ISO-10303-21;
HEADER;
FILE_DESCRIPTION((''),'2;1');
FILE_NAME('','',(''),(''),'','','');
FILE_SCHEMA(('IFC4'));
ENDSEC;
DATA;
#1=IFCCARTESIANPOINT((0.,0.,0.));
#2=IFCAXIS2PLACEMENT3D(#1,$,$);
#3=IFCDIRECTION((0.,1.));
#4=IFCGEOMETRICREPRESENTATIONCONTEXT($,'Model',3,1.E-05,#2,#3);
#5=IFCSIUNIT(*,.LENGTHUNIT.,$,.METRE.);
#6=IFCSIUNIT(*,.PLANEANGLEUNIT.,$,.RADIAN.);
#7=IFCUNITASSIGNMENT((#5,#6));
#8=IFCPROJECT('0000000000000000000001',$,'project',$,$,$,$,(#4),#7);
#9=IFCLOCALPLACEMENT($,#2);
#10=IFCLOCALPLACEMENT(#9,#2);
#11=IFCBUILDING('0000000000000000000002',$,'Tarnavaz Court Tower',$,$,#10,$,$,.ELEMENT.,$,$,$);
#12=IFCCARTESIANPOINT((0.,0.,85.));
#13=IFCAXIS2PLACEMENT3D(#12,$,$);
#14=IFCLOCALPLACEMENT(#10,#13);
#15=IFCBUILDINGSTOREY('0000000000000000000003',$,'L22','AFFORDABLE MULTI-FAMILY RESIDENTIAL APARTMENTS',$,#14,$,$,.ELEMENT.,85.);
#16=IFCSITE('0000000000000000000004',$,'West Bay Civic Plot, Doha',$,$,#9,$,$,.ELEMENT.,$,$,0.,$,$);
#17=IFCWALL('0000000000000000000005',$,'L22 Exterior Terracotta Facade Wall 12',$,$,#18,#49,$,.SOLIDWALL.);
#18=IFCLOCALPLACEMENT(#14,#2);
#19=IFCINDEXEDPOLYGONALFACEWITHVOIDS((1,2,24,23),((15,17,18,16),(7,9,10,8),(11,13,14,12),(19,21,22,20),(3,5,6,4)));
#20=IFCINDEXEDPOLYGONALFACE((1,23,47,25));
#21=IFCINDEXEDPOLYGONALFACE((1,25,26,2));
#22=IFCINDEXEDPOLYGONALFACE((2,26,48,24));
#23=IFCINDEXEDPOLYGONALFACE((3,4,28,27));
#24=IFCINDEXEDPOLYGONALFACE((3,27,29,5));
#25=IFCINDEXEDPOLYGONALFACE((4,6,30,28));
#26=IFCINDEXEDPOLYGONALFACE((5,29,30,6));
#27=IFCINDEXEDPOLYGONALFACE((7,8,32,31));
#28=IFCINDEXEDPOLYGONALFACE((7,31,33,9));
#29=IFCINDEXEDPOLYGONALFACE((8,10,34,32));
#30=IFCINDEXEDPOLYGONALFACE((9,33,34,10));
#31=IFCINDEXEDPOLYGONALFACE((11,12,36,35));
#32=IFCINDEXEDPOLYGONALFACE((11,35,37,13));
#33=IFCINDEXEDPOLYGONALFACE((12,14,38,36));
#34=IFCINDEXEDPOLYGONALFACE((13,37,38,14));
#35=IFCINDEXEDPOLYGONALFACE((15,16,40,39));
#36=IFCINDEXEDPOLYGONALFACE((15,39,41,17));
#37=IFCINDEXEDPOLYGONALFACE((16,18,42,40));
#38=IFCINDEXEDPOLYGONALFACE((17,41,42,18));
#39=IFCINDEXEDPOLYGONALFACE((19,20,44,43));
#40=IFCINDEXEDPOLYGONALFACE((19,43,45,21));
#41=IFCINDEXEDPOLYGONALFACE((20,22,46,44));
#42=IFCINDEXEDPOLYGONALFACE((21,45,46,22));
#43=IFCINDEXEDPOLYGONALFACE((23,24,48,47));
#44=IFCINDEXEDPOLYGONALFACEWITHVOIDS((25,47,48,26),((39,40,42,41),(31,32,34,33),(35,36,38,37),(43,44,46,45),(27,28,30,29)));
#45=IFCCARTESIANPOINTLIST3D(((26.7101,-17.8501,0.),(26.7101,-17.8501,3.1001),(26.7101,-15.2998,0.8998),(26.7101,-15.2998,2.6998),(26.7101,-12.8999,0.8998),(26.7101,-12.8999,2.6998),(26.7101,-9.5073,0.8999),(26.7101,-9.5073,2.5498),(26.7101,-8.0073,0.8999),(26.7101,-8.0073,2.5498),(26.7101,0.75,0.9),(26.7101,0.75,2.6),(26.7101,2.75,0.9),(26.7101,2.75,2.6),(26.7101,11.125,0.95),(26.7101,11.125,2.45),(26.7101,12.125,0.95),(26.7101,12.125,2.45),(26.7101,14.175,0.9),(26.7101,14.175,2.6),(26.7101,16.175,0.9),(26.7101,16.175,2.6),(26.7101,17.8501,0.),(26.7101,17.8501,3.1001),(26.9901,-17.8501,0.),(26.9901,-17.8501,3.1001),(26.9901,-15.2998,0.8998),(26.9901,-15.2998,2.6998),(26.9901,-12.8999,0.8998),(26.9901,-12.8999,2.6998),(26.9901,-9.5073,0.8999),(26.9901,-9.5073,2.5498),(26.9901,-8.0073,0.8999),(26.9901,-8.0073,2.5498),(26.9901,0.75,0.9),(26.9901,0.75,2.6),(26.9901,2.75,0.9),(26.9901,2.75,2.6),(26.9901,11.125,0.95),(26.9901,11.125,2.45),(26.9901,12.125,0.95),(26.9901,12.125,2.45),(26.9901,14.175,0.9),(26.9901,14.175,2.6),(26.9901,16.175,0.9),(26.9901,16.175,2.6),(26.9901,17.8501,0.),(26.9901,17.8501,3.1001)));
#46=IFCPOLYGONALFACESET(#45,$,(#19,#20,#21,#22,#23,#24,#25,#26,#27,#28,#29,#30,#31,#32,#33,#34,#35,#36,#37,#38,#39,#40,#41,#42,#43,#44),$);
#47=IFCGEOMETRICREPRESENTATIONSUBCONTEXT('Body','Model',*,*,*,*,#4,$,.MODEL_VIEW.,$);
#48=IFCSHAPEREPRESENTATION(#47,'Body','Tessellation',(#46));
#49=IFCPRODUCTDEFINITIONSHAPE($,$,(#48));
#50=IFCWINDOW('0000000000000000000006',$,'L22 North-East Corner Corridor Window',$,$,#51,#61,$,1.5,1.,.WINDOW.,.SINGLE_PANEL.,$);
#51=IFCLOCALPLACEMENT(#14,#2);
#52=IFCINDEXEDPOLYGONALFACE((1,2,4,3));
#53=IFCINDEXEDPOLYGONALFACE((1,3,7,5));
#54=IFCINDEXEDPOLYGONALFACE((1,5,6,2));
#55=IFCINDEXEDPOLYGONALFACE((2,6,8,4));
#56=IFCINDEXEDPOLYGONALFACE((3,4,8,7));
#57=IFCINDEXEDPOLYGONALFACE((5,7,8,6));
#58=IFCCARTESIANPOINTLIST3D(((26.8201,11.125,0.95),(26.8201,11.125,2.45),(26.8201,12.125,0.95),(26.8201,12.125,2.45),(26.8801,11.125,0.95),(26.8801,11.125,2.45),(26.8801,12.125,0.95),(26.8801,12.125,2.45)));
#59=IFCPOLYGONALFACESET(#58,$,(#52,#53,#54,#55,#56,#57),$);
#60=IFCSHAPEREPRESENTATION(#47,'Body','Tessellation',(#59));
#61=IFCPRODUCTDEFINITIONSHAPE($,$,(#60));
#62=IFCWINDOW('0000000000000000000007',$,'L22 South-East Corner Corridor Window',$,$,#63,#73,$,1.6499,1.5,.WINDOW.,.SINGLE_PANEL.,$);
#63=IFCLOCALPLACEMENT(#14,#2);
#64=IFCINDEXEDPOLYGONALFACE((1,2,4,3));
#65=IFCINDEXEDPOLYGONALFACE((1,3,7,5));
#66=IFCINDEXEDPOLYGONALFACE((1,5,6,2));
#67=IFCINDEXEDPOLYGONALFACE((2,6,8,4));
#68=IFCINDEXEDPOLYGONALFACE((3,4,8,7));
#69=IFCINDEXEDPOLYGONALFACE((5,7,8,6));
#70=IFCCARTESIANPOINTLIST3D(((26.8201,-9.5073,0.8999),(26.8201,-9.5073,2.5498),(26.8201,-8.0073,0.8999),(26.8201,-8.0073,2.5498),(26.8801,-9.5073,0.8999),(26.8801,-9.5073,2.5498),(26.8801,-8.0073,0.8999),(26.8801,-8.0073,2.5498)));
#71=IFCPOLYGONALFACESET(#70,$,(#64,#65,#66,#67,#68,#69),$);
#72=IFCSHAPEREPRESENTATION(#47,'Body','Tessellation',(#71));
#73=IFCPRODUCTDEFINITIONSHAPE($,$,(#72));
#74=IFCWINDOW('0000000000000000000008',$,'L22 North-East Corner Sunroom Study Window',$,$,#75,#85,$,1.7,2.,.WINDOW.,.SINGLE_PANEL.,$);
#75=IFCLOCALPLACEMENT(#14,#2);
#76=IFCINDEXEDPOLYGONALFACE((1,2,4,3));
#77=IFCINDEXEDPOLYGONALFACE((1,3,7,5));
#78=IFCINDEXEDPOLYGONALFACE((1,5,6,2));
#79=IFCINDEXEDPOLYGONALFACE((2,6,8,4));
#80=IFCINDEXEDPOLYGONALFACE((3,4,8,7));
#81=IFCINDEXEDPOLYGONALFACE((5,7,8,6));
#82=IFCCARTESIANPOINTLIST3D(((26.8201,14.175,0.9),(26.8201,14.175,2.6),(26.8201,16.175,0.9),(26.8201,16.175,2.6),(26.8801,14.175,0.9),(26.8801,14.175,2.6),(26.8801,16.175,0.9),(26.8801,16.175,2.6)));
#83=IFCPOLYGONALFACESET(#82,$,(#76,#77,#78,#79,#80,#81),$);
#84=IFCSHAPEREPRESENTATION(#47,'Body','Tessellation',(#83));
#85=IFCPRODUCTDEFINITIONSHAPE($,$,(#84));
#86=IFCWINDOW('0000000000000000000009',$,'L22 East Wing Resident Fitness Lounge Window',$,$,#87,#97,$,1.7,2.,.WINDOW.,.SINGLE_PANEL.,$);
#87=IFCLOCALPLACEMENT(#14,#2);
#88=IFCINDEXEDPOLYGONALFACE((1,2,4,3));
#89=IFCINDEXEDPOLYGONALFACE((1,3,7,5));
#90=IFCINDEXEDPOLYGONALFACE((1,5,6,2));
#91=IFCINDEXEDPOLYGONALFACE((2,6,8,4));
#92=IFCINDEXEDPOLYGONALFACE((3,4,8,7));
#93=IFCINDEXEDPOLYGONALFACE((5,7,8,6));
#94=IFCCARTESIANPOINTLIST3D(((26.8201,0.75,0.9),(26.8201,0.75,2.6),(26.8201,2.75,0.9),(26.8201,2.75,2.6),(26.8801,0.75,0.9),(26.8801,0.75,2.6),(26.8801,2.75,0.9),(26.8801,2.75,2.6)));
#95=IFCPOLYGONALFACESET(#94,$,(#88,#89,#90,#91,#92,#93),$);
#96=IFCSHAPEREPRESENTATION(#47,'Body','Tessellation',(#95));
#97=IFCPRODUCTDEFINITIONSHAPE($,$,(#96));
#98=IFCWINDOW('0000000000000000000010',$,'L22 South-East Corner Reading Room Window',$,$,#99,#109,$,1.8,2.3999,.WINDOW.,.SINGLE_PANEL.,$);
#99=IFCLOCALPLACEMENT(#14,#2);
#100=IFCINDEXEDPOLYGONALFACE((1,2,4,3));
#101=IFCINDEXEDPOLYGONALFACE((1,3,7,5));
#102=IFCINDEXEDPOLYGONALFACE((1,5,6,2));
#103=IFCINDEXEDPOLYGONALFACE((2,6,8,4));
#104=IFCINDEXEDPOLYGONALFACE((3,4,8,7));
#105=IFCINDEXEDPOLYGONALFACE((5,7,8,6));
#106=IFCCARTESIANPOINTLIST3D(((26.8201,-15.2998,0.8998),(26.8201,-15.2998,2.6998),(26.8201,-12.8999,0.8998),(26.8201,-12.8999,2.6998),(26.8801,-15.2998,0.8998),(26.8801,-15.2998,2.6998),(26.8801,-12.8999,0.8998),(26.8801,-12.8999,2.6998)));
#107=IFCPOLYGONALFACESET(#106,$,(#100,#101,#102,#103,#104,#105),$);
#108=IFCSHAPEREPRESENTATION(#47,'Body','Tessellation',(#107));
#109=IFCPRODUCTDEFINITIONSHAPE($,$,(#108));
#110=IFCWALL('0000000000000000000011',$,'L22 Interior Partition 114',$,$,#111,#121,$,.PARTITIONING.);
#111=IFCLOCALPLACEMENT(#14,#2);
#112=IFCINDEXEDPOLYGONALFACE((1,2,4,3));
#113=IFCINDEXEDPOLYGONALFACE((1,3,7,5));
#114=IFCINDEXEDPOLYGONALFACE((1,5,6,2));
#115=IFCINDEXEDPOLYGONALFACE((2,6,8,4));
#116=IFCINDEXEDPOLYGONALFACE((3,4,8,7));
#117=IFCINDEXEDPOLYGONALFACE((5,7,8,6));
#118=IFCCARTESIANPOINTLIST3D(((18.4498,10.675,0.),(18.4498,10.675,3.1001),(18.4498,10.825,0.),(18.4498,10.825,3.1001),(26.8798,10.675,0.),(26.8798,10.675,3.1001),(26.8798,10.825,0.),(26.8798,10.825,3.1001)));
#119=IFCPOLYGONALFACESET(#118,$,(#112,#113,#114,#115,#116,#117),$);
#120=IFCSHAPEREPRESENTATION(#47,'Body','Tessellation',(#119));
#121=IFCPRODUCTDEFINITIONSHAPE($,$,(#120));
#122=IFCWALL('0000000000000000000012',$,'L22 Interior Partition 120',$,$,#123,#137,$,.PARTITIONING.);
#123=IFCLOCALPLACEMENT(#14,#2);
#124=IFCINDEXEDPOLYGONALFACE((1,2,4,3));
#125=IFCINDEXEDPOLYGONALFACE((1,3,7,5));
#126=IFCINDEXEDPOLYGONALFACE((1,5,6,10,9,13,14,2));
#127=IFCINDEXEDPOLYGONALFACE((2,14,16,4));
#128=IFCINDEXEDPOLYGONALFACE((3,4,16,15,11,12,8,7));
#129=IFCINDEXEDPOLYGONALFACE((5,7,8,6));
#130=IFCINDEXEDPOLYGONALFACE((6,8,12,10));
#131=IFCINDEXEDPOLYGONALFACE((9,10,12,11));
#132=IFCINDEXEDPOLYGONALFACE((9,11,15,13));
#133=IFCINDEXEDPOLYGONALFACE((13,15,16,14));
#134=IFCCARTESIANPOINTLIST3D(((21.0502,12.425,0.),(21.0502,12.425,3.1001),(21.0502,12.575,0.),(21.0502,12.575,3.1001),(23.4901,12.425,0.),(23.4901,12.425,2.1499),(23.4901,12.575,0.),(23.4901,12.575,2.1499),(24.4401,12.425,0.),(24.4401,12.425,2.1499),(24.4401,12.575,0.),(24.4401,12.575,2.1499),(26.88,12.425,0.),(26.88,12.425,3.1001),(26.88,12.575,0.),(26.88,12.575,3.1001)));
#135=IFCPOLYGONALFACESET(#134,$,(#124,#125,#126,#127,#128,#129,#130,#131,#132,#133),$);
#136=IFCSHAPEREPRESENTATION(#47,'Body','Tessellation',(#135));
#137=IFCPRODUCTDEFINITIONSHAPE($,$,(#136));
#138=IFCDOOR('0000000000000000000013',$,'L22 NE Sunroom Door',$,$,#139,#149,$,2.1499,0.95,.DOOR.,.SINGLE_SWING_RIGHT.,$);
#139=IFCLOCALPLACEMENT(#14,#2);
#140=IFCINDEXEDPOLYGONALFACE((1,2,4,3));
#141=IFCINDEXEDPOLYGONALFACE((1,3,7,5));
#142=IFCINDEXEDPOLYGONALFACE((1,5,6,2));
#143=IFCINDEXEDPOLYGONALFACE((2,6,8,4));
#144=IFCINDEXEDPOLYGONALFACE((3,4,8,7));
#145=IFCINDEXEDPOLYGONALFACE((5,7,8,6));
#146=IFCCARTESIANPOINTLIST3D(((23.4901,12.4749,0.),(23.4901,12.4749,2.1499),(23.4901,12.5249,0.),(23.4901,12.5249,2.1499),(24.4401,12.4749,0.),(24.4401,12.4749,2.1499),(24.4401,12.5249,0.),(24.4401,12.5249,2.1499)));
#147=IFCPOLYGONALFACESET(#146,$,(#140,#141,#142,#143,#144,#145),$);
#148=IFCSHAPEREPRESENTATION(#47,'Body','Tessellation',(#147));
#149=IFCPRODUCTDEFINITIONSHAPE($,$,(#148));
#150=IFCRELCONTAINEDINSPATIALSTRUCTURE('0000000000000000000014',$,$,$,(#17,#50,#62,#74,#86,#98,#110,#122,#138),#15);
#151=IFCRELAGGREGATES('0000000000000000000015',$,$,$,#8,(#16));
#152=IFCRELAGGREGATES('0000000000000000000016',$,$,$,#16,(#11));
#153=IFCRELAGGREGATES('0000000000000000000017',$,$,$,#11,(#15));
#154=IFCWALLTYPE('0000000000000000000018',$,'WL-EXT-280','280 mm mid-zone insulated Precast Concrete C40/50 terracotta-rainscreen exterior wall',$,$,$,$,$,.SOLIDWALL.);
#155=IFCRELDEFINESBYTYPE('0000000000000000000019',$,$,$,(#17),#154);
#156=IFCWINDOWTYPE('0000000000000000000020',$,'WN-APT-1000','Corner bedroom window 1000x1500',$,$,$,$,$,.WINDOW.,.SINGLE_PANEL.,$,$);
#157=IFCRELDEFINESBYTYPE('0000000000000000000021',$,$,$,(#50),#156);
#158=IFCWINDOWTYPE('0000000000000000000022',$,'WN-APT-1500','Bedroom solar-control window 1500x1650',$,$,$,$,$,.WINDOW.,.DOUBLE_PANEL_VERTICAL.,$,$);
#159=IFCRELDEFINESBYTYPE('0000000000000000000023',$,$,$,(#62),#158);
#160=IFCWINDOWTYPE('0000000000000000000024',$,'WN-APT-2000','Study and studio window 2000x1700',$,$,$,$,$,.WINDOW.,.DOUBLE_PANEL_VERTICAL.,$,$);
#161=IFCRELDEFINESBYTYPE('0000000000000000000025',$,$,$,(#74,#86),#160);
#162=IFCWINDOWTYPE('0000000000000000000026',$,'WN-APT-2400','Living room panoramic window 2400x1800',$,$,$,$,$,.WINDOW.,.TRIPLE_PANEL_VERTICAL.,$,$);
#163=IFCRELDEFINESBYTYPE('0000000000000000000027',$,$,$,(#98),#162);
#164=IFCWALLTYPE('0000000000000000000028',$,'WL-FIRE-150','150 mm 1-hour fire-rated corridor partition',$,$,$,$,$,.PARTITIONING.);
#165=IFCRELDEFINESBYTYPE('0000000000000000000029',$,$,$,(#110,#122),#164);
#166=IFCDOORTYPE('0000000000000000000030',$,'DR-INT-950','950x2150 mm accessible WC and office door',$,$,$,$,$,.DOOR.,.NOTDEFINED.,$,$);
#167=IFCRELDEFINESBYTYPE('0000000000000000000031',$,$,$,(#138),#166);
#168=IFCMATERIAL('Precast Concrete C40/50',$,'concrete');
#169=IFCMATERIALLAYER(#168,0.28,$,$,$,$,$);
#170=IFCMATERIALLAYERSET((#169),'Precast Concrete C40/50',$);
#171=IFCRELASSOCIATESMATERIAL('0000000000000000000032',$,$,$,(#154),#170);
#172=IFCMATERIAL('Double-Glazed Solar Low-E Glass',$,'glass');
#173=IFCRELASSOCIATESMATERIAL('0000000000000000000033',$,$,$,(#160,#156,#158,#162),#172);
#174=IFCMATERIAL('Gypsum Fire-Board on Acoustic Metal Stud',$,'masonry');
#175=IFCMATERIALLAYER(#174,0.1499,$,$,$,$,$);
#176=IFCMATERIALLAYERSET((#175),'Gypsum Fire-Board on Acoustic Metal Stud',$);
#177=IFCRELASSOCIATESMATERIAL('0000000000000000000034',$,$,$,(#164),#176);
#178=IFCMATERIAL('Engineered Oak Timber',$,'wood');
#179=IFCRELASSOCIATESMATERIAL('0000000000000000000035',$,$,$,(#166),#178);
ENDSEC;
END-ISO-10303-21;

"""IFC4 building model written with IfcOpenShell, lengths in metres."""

from ifc_helpers import new_model, si_unit, direction, frame, frame_2d, origin, place, context, subcontext, project, spatial, rectangle, extrude, material, layer, layer_set, type_object, element, fill, save


model = new_model("IFC4")

# Units and contexts
model_context = context("Model", 3, precision=1e-05, world=origin(), true_north=direction((0.0, 1.0)))
body_context = subcontext(model_context, "Body", "Model", "MODEL_VIEW")
ifc_project = project(units=[si_unit("LENGTHUNIT", "METRE"), si_unit("PLANEANGLEUNIT", "RADIAN")], contexts=[model_context])

# Site, building, storey
site_placement = place(None, origin())
site = spatial("IfcSite", under=ifc_project, at=site_placement, Name="West Bay Civic Plot, Doha", CompositionType="ELEMENT", RefElevation=0.0)
building_placement = place(site_placement, origin())
building = spatial("IfcBuilding", under=site, at=building_placement, Name="Tarnavaz Court Tower", CompositionType="ELEMENT")
storey_placement = place(building_placement, frame((0.0, 0.0, 85.0)))
storey = spatial("IfcBuildingStorey", under=building, at=storey_placement, Name="L22", Description="AFFORDABLE MULTI-FAMILY RESIDENTIAL APARTMENTS", CompositionType="ELEMENT", Elevation=85.0)

# Shared definitions
ifc_material_1 = material(Name="Precast Concrete C40/50", Category="concrete")
ifc_layer_1 = layer(ifc_material_1, 0.28)
ifc_layer_set_1 = layer_set([ifc_layer_1], Name="Precast Concrete C40/50")
wall_type_1 = type_object("IfcWallType", Name="WL-EXT-280", Description="280 mm mid-zone insulated Precast Concrete C40/50 terracotta-rainscreen exterior wall", PredefinedType="SOLIDWALL", material=ifc_layer_set_1)
ifc_material_2 = material(Name="Double-Glazed Solar Low-E Glass", Category="glass")
window_type_1 = type_object("IfcWindowType", Name="WN-APT-2000", Description="Study and studio window 2000x1700", PartitioningType="DOUBLE_PANEL_VERTICAL", PredefinedType="WINDOW", material=ifc_material_2)

# Wall, openings, windows
wall_1_placement = place(storey_placement, frame((26.8501, 17.8501, 0.0), z_axis=(0.0, 0.0, 1.0), x_axis=(0.0, -1.0, 0.0)))
wall_1 = element("IfcWall", 1, at=wall_1_placement, inside=storey, type_object=wall_type_1, Name="L22 Exterior Terracotta Facade Wall 12", PredefinedType="SOLIDWALL", context=body_context, shape_type="SweptSolid", body=[
    extrude(rectangle(XDim=35.7002, YDim=0.28, at=frame_2d((17.8501, 0.0))), origin(), (0.0, 0.0, 1.0), 3.1001),
])
opening_1_placement = place(wall_1_placement, frame((1.675, 0.0, 0.8999)))
opening_1 = element("IfcOpeningElement", 2, at=opening_1_placement, cuts=wall_1, PredefinedType="OPENING", context=body_context, shape_type="SweptSolid", body=[
    extrude(rectangle(XDim=2.0, YDim=1.7, at=frame_2d((1.0, 0.8501))), frame((0.0, 0.1499, 0.0), z_axis=(0.0, -1.0, 0.0), x_axis=(1.0, 0.0, 0.0)), (0.0, 0.0, 1.0), 0.3),
])
opening_2_placement = place(wall_1_placement, frame((5.7251, 0.0, 0.95)))
opening_2 = element("IfcOpeningElement", 3, at=opening_2_placement, cuts=wall_1, PredefinedType="OPENING", context=body_context, shape_type="SweptSolid", body=[
    extrude(rectangle(XDim=1.0, YDim=1.5, at=frame_2d((0.5, 0.75))), frame((0.0, 0.1499, 0.0), z_axis=(0.0, -1.0, 0.0), x_axis=(1.0, 0.0, 0.0)), (0.0, 0.0, 1.0), 0.3),
])
opening_3_placement = place(wall_1_placement, frame((15.1001, 0.0, 0.8999)))
opening_3 = element("IfcOpeningElement", 4, at=opening_3_placement, cuts=wall_1, PredefinedType="OPENING", context=body_context, shape_type="SweptSolid", body=[
    extrude(rectangle(XDim=2.0, YDim=1.7, at=frame_2d((1.0, 0.8501))), frame((0.0, 0.1499, 0.0), z_axis=(0.0, -1.0, 0.0), x_axis=(1.0, 0.0, 0.0)), (0.0, 0.0, 1.0), 0.3),
])
opening_4_placement = place(wall_1_placement, frame((25.8574, 0.0, 0.8999)))
opening_4 = element("IfcOpeningElement", 5, at=opening_4_placement, cuts=wall_1, PredefinedType="OPENING", context=body_context, shape_type="SweptSolid", body=[
    extrude(rectangle(XDim=1.5, YDim=1.6499, at=frame_2d((0.75, 0.825))), frame((0.0, 0.1499, 0.0), z_axis=(0.0, -1.0, 0.0), x_axis=(1.0, 0.0, 0.0)), (0.0, 0.0, 1.0), 0.3),
])
opening_5_placement = place(wall_1_placement, frame((30.75, 0.0, 0.8999)))
opening_5 = element("IfcOpeningElement", 6, at=opening_5_placement, cuts=wall_1, PredefinedType="OPENING", context=body_context, shape_type="SweptSolid", body=[
    extrude(rectangle(XDim=2.3999, YDim=1.8, at=frame_2d((1.2, 0.8999))), frame((0.0, 0.1499, 0.0), z_axis=(0.0, -1.0, 0.0), x_axis=(1.0, 0.0, 0.0)), (0.0, 0.0, 1.0), 0.3),
])
window_type_2 = type_object("IfcWindowType", Name="WN-APT-1000", Description="Corner bedroom window 1000x1500", PartitioningType="SINGLE_PANEL", PredefinedType="WINDOW", material=ifc_material_2)
window_1_placement = place(opening_2_placement, origin())
window_1 = element("IfcWindow", 7, at=window_1_placement, inside=storey, type_object=window_type_2, Name="L22 North-East Corner Corridor Window", OverallHeight=1.5, OverallWidth=1.0, PartitioningType="SINGLE_PANEL", PredefinedType="WINDOW", context=body_context, shape_type="SweptSolid", body=[
    extrude(rectangle(XDim=1.0, YDim=1.5, at=frame_2d((0.5, 0.75))), frame((0.0, 0.03, 0.0), z_axis=(0.0, -1.0, 0.0), x_axis=(1.0, 0.0, 0.0)), (0.0, 0.0, 1.0), 0.0601),
])
fill(opening_2, window_1)
window_type_3 = type_object("IfcWindowType", Name="WN-APT-1500", Description="Bedroom solar-control window 1500x1650", PartitioningType="DOUBLE_PANEL_VERTICAL", PredefinedType="WINDOW", material=ifc_material_2)
window_2_placement = place(opening_4_placement, origin())
window_2 = element("IfcWindow", 8, at=window_2_placement, inside=storey, type_object=window_type_3, Name="L22 South-East Corner Corridor Window", OverallHeight=1.6499, OverallWidth=1.5, PartitioningType="SINGLE_PANEL", PredefinedType="WINDOW", context=body_context, shape_type="SweptSolid", body=[
    extrude(rectangle(XDim=1.5, YDim=1.6499, at=frame_2d((0.75, 0.825))), frame((0.0, 0.03, 0.0), z_axis=(0.0, -1.0, 0.0), x_axis=(1.0, 0.0, 0.0)), (0.0, 0.0, 1.0), 0.0601),
])
fill(opening_4, window_2)
window_3_placement = place(opening_1_placement, origin())
window_3 = element("IfcWindow", 9, at=window_3_placement, inside=storey, type_object=window_type_1, Name="L22 North-East Corner Sunroom Study Window", OverallHeight=1.7, OverallWidth=2.0, PartitioningType="SINGLE_PANEL", PredefinedType="WINDOW", context=body_context, shape_type="SweptSolid", body=[
    extrude(rectangle(XDim=2.0, YDim=1.7, at=frame_2d((1.0, 0.8501))), frame((0.0, 0.03, 0.0), z_axis=(0.0, -1.0, 0.0), x_axis=(1.0, 0.0, 0.0)), (0.0, 0.0, 1.0), 0.0601),
])
fill(opening_1, window_3)
window_4_placement = place(opening_3_placement, origin())
window_4 = element("IfcWindow", 10, at=window_4_placement, inside=storey, type_object=window_type_1, Name="L22 East Wing Resident Fitness Lounge Window", OverallHeight=1.7, OverallWidth=2.0, PartitioningType="SINGLE_PANEL", PredefinedType="WINDOW", context=body_context, shape_type="SweptSolid", body=[
    extrude(rectangle(XDim=2.0, YDim=1.7, at=frame_2d((1.0, 0.8501))), frame((0.0, 0.03, 0.0), z_axis=(0.0, -1.0, 0.0), x_axis=(1.0, 0.0, 0.0)), (0.0, 0.0, 1.0), 0.0601),
])
fill(opening_3, window_4)
window_type_4 = type_object("IfcWindowType", Name="WN-APT-2400", Description="Living room panoramic window 2400x1800", PartitioningType="TRIPLE_PANEL_VERTICAL", PredefinedType="WINDOW", material=ifc_material_2)
window_5_placement = place(opening_5_placement, origin())
window_5 = element("IfcWindow", 11, at=window_5_placement, inside=storey, type_object=window_type_4, Name="L22 South-East Corner Reading Room Window", OverallHeight=1.8, OverallWidth=2.3999, PartitioningType="SINGLE_PANEL", PredefinedType="WINDOW", context=body_context, shape_type="SweptSolid", body=[
    extrude(rectangle(XDim=2.3999, YDim=1.8, at=frame_2d((1.2, 0.8999))), frame((0.0, 0.03, 0.0), z_axis=(0.0, -1.0, 0.0), x_axis=(1.0, 0.0, 0.0)), (0.0, 0.0, 1.0), 0.0601),
])
fill(opening_5, window_5)

# Wall
ifc_material_3 = material(Name="Gypsum Fire-Board on Acoustic Metal Stud", Category="masonry")
ifc_layer_2 = layer(ifc_material_3, 0.1499)
ifc_layer_set_2 = layer_set([ifc_layer_2], Name="Gypsum Fire-Board on Acoustic Metal Stud")
wall_type_2 = type_object("IfcWallType", Name="WL-FIRE-150", Description="150 mm 1-hour fire-rated corridor partition", PredefinedType="PARTITIONING", material=ifc_layer_set_2)
wall_2_placement = place(storey_placement, frame((18.45, 10.75, 0.0), z_axis=(0.0, 0.0, 1.0), x_axis=(1.0, 0.0, 0.0)))
element("IfcWall", 12, at=wall_2_placement, inside=storey, type_object=wall_type_2, Name="L22 Interior Partition 114", PredefinedType="PARTITIONING", context=body_context, shape_type="SweptSolid", body=[
    extrude(rectangle(XDim=8.4299, YDim=0.1499, at=frame_2d((4.2148, 0.0))), origin(), (0.0, 0.0, 1.0), 3.1001),
])

# Wall, opening, door
wall_3_placement = place(storey_placement, frame((21.05, 12.5, 0.0), z_axis=(0.0, 0.0, 1.0), x_axis=(1.0, 0.0, 0.0)))
wall_3 = element("IfcWall", 13, at=wall_3_placement, inside=storey, type_object=wall_type_2, Name="L22 Interior Partition 120", PredefinedType="PARTITIONING", context=body_context, shape_type="SweptSolid", body=[
    extrude(rectangle(XDim=5.8298, YDim=0.1499, at=frame_2d((2.915, 0.0))), origin(), (0.0, 0.0, 1.0), 3.1001),
])
opening_6_placement = place(wall_3_placement, frame((2.4399, 0.0, 0.0)))
opening_6 = element("IfcOpeningElement", 14, at=opening_6_placement, cuts=wall_3, PredefinedType="OPENING", context=body_context, shape_type="SweptSolid", body=[
    extrude(rectangle(XDim=0.95, YDim=2.1499, at=frame_2d((0.4751, 1.075))), frame((0.0, 0.085, 0.0), z_axis=(0.0, -1.0, 0.0), x_axis=(1.0, 0.0, 0.0)), (0.0, 0.0, 1.0), 0.1699),
])
ifc_material_4 = material(Name="Engineered Oak Timber", Category="wood")
door_type_1 = type_object("IfcDoorType", Name="DR-INT-950", Description="950x2150 mm accessible WC and office door", OperationType="NOTDEFINED", PredefinedType="DOOR", material=ifc_material_4)
door_1_placement = place(opening_6_placement, origin())
door_1 = element("IfcDoor", 15, at=door_1_placement, inside=storey, type_object=door_type_1, Name="L22 NE Sunroom Door", OperationType="SINGLE_SWING_RIGHT", OverallHeight=2.1499, OverallWidth=0.95, PredefinedType="DOOR", context=body_context, shape_type="SweptSolid", body=[
    extrude(rectangle(XDim=0.95, YDim=2.1499, at=frame_2d((0.4751, 1.075))), frame((0.0, 0.0249, 0.0), z_axis=(0.0, -1.0, 0.0), x_axis=(1.0, 0.0, 0.0)), (0.0, 0.0, 1.0), 0.05),
])
fill(opening_6, door_1)

save(model, "model.ifc")
